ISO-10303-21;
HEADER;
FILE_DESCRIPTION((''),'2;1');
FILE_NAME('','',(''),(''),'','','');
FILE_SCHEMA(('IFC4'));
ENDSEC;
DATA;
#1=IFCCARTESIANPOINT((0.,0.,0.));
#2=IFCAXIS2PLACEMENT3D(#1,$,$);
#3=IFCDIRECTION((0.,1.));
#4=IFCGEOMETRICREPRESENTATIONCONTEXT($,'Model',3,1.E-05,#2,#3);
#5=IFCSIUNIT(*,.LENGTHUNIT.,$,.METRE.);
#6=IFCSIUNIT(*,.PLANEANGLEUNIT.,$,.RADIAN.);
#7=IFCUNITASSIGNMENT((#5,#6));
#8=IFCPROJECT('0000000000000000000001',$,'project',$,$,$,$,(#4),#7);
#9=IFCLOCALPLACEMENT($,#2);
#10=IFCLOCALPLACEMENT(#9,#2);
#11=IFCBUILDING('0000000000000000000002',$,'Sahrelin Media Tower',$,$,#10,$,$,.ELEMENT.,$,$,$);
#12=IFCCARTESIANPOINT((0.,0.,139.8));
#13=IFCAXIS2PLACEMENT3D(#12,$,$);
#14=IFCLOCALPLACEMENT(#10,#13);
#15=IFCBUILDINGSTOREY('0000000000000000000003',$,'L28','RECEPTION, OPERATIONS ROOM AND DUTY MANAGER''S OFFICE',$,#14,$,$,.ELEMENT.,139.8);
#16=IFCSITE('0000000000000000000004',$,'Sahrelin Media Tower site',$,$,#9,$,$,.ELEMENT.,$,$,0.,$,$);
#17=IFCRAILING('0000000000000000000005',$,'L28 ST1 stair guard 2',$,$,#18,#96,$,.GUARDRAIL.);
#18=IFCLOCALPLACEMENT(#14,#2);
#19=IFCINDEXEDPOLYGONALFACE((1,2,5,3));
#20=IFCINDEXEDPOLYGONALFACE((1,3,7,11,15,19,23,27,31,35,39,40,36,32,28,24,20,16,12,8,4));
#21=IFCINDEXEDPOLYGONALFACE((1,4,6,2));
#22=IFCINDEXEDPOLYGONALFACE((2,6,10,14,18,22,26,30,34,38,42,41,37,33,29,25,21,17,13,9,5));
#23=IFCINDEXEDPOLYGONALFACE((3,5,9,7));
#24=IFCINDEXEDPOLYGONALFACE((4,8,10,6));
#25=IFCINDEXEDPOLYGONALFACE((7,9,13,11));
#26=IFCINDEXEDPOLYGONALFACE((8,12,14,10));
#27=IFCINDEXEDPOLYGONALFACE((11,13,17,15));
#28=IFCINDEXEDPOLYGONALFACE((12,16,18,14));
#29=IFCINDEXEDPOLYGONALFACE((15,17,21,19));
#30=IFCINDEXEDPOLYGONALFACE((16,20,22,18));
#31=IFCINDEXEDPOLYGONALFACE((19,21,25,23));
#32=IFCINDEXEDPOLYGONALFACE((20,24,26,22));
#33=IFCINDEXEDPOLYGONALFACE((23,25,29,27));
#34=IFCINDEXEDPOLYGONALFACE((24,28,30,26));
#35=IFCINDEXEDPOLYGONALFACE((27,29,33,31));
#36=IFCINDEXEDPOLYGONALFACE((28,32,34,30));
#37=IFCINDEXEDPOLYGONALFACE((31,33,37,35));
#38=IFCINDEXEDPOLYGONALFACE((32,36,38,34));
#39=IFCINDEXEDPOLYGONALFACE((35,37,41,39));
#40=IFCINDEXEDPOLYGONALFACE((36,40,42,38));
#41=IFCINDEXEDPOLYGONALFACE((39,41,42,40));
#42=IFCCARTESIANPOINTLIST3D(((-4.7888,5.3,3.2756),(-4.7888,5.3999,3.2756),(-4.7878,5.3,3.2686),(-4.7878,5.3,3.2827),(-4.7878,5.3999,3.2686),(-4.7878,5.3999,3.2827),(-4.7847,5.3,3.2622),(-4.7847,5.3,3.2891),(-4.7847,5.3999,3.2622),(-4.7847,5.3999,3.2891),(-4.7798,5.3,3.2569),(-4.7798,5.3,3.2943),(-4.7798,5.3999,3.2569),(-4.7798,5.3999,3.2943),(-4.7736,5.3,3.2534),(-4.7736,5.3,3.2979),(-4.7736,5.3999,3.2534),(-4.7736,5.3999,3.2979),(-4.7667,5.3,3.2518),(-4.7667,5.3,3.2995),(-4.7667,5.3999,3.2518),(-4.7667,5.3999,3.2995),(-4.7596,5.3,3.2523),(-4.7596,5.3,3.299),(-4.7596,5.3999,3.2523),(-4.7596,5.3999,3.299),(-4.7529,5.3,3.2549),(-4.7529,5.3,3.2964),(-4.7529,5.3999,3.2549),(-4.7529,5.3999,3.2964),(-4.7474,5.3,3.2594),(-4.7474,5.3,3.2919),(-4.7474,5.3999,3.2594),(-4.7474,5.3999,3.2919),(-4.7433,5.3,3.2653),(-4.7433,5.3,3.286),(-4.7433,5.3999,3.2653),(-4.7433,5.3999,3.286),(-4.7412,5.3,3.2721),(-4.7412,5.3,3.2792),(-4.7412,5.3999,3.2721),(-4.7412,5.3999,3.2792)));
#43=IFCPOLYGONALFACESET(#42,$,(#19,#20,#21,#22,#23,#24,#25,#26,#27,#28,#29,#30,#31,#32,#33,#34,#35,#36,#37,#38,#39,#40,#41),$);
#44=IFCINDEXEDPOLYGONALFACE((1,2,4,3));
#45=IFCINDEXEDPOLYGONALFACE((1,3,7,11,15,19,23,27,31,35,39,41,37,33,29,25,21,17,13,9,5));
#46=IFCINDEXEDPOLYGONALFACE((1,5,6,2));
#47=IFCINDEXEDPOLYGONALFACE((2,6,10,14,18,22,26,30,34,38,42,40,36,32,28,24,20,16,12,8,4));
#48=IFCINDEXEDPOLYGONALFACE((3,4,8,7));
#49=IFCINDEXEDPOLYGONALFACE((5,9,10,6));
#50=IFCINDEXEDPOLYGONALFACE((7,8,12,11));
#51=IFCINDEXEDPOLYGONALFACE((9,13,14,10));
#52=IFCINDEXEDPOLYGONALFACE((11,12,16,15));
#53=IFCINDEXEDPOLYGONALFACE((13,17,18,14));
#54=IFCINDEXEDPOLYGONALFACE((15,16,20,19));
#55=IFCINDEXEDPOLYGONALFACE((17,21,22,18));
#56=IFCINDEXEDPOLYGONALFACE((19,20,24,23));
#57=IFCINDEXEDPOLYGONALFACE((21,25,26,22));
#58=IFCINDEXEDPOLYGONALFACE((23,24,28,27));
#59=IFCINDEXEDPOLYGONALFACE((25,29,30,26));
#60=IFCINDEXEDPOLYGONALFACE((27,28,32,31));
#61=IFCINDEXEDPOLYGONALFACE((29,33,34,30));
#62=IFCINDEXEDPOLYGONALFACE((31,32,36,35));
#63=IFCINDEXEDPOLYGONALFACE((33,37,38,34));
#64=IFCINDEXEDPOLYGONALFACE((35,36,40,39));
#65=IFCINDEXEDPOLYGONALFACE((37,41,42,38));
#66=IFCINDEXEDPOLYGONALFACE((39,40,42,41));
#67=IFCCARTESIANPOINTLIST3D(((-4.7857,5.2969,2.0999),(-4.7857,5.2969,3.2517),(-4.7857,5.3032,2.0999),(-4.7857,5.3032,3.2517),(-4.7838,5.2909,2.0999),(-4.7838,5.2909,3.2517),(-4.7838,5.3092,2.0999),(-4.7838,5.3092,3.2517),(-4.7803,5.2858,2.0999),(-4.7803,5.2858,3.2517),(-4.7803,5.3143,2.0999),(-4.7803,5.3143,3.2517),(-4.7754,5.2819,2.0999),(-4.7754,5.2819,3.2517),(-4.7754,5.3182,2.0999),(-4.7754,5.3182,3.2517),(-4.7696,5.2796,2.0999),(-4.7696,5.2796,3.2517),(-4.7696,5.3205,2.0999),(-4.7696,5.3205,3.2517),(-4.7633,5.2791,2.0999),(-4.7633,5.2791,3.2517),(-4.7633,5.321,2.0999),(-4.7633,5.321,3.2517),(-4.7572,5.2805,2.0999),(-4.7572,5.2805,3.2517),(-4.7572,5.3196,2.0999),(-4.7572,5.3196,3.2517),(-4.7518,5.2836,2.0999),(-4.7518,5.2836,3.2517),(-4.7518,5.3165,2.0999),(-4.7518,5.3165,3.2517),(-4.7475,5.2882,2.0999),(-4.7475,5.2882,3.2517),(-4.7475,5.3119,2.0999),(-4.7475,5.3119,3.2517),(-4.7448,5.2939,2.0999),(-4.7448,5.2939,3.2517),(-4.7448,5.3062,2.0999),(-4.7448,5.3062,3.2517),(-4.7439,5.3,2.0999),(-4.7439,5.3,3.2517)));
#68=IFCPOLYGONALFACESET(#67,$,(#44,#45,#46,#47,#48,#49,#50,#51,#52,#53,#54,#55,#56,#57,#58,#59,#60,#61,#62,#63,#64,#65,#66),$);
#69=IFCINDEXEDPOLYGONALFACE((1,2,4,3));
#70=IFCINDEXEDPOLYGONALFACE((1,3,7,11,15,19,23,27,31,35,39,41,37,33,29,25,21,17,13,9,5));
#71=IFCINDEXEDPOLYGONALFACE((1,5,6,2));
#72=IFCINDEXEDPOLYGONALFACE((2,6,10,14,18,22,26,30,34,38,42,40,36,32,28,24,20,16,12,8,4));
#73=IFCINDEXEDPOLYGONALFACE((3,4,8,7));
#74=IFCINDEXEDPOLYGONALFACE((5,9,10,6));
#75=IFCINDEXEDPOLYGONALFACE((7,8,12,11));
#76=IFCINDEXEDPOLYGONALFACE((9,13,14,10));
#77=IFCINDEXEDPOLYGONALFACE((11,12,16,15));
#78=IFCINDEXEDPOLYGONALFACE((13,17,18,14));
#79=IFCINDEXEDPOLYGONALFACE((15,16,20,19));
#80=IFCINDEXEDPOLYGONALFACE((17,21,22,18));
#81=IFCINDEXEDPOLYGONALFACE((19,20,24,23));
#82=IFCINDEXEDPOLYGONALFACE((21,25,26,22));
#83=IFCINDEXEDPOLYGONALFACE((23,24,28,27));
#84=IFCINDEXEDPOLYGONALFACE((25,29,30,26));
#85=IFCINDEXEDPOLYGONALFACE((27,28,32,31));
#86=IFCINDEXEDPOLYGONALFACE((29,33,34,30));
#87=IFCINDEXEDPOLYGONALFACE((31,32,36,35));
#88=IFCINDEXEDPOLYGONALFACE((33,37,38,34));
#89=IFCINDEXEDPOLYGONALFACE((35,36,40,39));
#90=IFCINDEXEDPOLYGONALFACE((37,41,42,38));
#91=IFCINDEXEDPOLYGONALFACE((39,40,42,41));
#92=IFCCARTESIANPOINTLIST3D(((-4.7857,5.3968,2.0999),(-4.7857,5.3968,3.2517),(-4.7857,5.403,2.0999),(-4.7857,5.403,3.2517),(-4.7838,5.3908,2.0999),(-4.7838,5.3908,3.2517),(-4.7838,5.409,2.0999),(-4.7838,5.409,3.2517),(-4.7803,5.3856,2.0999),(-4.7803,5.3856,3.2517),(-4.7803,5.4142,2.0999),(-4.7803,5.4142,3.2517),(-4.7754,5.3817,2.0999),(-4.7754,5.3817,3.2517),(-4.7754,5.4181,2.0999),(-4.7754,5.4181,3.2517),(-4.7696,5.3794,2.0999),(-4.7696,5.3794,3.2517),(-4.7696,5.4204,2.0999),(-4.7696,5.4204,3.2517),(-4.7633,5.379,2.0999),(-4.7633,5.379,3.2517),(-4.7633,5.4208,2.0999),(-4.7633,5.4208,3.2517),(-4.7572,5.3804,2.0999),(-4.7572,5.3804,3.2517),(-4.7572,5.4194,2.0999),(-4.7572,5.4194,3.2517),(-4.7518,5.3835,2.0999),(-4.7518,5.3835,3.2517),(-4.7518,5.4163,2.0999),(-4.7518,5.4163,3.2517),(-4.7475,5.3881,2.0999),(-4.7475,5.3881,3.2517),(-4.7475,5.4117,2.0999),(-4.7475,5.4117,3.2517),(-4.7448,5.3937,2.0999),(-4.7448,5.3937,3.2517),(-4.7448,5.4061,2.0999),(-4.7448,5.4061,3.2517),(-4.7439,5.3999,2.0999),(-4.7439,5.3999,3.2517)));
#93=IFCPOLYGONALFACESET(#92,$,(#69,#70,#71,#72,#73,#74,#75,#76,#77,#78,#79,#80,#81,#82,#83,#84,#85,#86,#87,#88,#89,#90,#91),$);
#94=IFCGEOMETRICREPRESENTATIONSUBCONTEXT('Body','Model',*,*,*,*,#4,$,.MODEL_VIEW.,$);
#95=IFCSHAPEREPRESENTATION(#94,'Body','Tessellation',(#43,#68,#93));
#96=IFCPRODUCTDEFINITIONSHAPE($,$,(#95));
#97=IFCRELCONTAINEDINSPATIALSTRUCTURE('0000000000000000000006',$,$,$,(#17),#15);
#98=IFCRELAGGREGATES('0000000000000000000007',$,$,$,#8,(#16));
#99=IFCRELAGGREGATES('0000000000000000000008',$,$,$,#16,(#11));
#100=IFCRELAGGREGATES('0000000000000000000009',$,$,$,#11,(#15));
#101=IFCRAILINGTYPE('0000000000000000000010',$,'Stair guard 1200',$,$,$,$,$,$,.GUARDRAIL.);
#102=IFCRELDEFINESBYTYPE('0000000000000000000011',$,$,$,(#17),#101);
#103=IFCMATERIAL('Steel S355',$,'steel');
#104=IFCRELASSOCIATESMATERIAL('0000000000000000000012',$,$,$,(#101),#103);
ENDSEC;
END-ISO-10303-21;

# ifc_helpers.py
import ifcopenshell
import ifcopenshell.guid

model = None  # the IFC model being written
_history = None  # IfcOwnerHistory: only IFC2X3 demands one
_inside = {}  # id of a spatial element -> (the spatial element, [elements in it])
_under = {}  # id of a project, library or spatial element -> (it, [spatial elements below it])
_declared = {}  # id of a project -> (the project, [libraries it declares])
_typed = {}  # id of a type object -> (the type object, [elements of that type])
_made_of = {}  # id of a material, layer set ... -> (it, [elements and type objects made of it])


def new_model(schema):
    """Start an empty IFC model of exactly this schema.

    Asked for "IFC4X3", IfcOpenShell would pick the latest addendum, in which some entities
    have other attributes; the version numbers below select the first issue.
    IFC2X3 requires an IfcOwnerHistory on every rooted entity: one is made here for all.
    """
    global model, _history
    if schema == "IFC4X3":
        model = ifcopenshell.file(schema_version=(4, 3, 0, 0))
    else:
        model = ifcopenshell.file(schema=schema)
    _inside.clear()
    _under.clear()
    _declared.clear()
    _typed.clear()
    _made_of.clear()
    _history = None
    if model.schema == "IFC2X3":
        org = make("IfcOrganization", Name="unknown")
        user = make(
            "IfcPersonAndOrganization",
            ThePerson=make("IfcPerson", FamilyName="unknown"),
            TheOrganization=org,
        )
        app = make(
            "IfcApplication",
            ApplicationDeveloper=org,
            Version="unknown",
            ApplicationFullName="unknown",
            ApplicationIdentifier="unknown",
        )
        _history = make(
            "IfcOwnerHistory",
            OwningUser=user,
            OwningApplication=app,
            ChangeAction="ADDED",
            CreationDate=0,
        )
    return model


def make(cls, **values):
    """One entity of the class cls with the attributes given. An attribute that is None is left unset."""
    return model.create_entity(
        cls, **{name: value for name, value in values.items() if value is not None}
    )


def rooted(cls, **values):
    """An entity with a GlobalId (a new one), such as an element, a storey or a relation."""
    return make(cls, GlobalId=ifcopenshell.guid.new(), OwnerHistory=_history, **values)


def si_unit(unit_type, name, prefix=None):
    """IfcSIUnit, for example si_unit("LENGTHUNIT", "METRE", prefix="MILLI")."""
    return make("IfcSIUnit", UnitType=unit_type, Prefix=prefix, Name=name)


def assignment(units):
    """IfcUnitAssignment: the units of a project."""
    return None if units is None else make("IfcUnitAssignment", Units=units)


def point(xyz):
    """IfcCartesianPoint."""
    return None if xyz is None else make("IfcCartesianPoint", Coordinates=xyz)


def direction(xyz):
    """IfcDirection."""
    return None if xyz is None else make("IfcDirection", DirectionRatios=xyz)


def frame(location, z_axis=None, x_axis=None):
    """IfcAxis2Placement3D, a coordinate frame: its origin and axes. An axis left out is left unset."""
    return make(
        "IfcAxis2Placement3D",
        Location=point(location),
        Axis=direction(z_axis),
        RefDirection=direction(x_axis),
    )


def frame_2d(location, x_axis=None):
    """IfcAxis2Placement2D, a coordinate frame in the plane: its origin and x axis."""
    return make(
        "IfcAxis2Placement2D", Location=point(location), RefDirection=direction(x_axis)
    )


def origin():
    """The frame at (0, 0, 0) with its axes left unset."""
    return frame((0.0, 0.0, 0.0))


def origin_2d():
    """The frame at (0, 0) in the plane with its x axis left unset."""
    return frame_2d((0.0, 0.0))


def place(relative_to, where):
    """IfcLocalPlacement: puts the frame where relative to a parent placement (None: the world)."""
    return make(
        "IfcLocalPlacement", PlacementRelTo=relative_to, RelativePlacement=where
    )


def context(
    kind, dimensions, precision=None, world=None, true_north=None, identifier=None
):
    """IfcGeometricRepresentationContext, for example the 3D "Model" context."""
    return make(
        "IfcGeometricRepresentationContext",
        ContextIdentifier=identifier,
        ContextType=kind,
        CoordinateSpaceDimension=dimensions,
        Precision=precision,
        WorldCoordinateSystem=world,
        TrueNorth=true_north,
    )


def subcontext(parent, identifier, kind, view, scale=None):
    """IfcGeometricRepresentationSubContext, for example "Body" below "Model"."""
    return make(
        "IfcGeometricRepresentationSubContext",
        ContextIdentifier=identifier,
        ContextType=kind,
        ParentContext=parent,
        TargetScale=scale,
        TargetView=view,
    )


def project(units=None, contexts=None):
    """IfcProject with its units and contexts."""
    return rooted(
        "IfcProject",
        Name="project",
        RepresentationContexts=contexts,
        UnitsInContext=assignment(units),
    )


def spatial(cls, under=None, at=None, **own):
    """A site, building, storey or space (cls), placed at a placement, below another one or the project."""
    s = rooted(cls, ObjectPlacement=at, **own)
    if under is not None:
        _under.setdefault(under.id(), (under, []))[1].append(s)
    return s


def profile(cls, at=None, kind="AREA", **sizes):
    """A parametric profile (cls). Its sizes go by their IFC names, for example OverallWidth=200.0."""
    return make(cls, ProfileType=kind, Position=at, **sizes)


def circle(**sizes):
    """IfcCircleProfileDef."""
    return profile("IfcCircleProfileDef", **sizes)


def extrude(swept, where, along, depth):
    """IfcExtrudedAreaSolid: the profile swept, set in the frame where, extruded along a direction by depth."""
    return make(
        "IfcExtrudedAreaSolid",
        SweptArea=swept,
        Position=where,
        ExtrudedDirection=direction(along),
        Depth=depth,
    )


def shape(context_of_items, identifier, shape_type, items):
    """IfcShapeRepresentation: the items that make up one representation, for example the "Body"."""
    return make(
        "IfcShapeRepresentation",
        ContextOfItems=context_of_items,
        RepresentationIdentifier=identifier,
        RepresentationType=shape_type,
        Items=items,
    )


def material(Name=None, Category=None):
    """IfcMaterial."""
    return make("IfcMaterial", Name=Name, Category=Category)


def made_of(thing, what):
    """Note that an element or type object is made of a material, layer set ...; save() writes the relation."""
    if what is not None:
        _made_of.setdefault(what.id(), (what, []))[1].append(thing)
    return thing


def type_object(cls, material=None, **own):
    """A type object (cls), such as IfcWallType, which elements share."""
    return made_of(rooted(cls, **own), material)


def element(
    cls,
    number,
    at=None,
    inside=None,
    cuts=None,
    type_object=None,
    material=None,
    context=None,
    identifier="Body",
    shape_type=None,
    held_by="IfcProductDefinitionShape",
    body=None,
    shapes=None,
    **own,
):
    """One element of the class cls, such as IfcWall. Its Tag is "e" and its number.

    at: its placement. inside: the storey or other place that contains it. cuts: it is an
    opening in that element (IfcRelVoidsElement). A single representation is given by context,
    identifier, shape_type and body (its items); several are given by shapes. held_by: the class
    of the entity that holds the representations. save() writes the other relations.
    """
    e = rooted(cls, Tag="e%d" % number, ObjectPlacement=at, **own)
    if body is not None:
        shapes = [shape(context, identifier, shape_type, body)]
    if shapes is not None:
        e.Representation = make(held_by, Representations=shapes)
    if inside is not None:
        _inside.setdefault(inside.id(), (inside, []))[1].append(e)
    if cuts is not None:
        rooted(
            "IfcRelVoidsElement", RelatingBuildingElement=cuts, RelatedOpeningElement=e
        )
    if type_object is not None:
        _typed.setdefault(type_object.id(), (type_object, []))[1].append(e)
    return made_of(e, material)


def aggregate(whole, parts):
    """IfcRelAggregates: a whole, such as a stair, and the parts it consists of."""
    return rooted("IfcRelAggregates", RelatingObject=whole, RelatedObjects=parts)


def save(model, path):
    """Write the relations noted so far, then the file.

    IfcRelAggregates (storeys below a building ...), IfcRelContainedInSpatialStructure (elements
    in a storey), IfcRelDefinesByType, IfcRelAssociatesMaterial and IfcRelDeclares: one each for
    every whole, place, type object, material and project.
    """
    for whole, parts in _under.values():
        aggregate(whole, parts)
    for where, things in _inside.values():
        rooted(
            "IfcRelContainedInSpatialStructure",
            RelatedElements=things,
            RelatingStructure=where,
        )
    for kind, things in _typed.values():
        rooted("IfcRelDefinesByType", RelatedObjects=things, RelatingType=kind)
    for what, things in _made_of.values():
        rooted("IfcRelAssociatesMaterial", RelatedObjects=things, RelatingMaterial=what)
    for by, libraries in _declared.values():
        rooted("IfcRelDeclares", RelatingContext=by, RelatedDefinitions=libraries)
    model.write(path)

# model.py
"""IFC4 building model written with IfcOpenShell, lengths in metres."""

from ifc_helpers import new_model, si_unit, direction, frame, origin, origin_2d, place, context, subcontext, project, spatial, circle, extrude, material, type_object, element, save


model = new_model("IFC4")

# Units and contexts
model_context = context("Model", 3, precision=1e-05, world=origin(), true_north=direction((0.0, 1.0)))
body_context = subcontext(model_context, "Body", "Model", "MODEL_VIEW")
ifc_project = project(units=[si_unit("LENGTHUNIT", "METRE"), si_unit("PLANEANGLEUNIT", "RADIAN")], contexts=[model_context])

# Site, building, storey
site_placement = place(None, origin())
site = spatial("IfcSite", under=ifc_project, at=site_placement, Name="Sahrelin Media Tower site", CompositionType="ELEMENT", RefElevation=0.0)
building_placement = place(site_placement, origin())
building = spatial("IfcBuilding", under=site, at=building_placement, Name="Sahrelin Media Tower", CompositionType="ELEMENT")
storey_placement = place(building_placement, frame((0.0, 0.0, 139.8)))
storey = spatial("IfcBuildingStorey", under=building, at=storey_placement, Name="L28", Description="RECEPTION, OPERATIONS ROOM AND DUTY MANAGER'S OFFICE", CompositionType="ELEMENT", Elevation=139.8)

# Shared definitions
ifc_material_1 = material(Name="Steel S355", Category="steel")

# Railing
railing_type_1 = type_object("IfcRailingType", Name="Stair guard 1200", PredefinedType="GUARDRAIL", material=ifc_material_1)
railing_1_placement = place(storey_placement, frame((-4.7649, 5.3, 2.0999)))
element("IfcRailing", 1, at=railing_1_placement, inside=storey, type_object=railing_type_1, Name="L28 ST1 stair guard 2", PredefinedType="GUARDRAIL", context=body_context, shape_type="SweptSolid", body=[
    extrude(circle(Radius=0.0239, at=origin_2d()), frame((0.0, 0.0, 1.1758), z_axis=(0.0, 1.0, 0.0), x_axis=(-1.0, 0.0, 0.0)), (0.0, 0.0, 1.0), 0.0999),
    extrude(circle(Radius=0.021, at=origin_2d()), origin(), (0.0, 0.0, 1.0), 1.1519),
    extrude(circle(Radius=0.021, at=origin_2d()), frame((0.0, 0.0999, 0.0)), (0.0, 0.0, 1.0), 1.1519),
])

save(model, "model.ifc")
